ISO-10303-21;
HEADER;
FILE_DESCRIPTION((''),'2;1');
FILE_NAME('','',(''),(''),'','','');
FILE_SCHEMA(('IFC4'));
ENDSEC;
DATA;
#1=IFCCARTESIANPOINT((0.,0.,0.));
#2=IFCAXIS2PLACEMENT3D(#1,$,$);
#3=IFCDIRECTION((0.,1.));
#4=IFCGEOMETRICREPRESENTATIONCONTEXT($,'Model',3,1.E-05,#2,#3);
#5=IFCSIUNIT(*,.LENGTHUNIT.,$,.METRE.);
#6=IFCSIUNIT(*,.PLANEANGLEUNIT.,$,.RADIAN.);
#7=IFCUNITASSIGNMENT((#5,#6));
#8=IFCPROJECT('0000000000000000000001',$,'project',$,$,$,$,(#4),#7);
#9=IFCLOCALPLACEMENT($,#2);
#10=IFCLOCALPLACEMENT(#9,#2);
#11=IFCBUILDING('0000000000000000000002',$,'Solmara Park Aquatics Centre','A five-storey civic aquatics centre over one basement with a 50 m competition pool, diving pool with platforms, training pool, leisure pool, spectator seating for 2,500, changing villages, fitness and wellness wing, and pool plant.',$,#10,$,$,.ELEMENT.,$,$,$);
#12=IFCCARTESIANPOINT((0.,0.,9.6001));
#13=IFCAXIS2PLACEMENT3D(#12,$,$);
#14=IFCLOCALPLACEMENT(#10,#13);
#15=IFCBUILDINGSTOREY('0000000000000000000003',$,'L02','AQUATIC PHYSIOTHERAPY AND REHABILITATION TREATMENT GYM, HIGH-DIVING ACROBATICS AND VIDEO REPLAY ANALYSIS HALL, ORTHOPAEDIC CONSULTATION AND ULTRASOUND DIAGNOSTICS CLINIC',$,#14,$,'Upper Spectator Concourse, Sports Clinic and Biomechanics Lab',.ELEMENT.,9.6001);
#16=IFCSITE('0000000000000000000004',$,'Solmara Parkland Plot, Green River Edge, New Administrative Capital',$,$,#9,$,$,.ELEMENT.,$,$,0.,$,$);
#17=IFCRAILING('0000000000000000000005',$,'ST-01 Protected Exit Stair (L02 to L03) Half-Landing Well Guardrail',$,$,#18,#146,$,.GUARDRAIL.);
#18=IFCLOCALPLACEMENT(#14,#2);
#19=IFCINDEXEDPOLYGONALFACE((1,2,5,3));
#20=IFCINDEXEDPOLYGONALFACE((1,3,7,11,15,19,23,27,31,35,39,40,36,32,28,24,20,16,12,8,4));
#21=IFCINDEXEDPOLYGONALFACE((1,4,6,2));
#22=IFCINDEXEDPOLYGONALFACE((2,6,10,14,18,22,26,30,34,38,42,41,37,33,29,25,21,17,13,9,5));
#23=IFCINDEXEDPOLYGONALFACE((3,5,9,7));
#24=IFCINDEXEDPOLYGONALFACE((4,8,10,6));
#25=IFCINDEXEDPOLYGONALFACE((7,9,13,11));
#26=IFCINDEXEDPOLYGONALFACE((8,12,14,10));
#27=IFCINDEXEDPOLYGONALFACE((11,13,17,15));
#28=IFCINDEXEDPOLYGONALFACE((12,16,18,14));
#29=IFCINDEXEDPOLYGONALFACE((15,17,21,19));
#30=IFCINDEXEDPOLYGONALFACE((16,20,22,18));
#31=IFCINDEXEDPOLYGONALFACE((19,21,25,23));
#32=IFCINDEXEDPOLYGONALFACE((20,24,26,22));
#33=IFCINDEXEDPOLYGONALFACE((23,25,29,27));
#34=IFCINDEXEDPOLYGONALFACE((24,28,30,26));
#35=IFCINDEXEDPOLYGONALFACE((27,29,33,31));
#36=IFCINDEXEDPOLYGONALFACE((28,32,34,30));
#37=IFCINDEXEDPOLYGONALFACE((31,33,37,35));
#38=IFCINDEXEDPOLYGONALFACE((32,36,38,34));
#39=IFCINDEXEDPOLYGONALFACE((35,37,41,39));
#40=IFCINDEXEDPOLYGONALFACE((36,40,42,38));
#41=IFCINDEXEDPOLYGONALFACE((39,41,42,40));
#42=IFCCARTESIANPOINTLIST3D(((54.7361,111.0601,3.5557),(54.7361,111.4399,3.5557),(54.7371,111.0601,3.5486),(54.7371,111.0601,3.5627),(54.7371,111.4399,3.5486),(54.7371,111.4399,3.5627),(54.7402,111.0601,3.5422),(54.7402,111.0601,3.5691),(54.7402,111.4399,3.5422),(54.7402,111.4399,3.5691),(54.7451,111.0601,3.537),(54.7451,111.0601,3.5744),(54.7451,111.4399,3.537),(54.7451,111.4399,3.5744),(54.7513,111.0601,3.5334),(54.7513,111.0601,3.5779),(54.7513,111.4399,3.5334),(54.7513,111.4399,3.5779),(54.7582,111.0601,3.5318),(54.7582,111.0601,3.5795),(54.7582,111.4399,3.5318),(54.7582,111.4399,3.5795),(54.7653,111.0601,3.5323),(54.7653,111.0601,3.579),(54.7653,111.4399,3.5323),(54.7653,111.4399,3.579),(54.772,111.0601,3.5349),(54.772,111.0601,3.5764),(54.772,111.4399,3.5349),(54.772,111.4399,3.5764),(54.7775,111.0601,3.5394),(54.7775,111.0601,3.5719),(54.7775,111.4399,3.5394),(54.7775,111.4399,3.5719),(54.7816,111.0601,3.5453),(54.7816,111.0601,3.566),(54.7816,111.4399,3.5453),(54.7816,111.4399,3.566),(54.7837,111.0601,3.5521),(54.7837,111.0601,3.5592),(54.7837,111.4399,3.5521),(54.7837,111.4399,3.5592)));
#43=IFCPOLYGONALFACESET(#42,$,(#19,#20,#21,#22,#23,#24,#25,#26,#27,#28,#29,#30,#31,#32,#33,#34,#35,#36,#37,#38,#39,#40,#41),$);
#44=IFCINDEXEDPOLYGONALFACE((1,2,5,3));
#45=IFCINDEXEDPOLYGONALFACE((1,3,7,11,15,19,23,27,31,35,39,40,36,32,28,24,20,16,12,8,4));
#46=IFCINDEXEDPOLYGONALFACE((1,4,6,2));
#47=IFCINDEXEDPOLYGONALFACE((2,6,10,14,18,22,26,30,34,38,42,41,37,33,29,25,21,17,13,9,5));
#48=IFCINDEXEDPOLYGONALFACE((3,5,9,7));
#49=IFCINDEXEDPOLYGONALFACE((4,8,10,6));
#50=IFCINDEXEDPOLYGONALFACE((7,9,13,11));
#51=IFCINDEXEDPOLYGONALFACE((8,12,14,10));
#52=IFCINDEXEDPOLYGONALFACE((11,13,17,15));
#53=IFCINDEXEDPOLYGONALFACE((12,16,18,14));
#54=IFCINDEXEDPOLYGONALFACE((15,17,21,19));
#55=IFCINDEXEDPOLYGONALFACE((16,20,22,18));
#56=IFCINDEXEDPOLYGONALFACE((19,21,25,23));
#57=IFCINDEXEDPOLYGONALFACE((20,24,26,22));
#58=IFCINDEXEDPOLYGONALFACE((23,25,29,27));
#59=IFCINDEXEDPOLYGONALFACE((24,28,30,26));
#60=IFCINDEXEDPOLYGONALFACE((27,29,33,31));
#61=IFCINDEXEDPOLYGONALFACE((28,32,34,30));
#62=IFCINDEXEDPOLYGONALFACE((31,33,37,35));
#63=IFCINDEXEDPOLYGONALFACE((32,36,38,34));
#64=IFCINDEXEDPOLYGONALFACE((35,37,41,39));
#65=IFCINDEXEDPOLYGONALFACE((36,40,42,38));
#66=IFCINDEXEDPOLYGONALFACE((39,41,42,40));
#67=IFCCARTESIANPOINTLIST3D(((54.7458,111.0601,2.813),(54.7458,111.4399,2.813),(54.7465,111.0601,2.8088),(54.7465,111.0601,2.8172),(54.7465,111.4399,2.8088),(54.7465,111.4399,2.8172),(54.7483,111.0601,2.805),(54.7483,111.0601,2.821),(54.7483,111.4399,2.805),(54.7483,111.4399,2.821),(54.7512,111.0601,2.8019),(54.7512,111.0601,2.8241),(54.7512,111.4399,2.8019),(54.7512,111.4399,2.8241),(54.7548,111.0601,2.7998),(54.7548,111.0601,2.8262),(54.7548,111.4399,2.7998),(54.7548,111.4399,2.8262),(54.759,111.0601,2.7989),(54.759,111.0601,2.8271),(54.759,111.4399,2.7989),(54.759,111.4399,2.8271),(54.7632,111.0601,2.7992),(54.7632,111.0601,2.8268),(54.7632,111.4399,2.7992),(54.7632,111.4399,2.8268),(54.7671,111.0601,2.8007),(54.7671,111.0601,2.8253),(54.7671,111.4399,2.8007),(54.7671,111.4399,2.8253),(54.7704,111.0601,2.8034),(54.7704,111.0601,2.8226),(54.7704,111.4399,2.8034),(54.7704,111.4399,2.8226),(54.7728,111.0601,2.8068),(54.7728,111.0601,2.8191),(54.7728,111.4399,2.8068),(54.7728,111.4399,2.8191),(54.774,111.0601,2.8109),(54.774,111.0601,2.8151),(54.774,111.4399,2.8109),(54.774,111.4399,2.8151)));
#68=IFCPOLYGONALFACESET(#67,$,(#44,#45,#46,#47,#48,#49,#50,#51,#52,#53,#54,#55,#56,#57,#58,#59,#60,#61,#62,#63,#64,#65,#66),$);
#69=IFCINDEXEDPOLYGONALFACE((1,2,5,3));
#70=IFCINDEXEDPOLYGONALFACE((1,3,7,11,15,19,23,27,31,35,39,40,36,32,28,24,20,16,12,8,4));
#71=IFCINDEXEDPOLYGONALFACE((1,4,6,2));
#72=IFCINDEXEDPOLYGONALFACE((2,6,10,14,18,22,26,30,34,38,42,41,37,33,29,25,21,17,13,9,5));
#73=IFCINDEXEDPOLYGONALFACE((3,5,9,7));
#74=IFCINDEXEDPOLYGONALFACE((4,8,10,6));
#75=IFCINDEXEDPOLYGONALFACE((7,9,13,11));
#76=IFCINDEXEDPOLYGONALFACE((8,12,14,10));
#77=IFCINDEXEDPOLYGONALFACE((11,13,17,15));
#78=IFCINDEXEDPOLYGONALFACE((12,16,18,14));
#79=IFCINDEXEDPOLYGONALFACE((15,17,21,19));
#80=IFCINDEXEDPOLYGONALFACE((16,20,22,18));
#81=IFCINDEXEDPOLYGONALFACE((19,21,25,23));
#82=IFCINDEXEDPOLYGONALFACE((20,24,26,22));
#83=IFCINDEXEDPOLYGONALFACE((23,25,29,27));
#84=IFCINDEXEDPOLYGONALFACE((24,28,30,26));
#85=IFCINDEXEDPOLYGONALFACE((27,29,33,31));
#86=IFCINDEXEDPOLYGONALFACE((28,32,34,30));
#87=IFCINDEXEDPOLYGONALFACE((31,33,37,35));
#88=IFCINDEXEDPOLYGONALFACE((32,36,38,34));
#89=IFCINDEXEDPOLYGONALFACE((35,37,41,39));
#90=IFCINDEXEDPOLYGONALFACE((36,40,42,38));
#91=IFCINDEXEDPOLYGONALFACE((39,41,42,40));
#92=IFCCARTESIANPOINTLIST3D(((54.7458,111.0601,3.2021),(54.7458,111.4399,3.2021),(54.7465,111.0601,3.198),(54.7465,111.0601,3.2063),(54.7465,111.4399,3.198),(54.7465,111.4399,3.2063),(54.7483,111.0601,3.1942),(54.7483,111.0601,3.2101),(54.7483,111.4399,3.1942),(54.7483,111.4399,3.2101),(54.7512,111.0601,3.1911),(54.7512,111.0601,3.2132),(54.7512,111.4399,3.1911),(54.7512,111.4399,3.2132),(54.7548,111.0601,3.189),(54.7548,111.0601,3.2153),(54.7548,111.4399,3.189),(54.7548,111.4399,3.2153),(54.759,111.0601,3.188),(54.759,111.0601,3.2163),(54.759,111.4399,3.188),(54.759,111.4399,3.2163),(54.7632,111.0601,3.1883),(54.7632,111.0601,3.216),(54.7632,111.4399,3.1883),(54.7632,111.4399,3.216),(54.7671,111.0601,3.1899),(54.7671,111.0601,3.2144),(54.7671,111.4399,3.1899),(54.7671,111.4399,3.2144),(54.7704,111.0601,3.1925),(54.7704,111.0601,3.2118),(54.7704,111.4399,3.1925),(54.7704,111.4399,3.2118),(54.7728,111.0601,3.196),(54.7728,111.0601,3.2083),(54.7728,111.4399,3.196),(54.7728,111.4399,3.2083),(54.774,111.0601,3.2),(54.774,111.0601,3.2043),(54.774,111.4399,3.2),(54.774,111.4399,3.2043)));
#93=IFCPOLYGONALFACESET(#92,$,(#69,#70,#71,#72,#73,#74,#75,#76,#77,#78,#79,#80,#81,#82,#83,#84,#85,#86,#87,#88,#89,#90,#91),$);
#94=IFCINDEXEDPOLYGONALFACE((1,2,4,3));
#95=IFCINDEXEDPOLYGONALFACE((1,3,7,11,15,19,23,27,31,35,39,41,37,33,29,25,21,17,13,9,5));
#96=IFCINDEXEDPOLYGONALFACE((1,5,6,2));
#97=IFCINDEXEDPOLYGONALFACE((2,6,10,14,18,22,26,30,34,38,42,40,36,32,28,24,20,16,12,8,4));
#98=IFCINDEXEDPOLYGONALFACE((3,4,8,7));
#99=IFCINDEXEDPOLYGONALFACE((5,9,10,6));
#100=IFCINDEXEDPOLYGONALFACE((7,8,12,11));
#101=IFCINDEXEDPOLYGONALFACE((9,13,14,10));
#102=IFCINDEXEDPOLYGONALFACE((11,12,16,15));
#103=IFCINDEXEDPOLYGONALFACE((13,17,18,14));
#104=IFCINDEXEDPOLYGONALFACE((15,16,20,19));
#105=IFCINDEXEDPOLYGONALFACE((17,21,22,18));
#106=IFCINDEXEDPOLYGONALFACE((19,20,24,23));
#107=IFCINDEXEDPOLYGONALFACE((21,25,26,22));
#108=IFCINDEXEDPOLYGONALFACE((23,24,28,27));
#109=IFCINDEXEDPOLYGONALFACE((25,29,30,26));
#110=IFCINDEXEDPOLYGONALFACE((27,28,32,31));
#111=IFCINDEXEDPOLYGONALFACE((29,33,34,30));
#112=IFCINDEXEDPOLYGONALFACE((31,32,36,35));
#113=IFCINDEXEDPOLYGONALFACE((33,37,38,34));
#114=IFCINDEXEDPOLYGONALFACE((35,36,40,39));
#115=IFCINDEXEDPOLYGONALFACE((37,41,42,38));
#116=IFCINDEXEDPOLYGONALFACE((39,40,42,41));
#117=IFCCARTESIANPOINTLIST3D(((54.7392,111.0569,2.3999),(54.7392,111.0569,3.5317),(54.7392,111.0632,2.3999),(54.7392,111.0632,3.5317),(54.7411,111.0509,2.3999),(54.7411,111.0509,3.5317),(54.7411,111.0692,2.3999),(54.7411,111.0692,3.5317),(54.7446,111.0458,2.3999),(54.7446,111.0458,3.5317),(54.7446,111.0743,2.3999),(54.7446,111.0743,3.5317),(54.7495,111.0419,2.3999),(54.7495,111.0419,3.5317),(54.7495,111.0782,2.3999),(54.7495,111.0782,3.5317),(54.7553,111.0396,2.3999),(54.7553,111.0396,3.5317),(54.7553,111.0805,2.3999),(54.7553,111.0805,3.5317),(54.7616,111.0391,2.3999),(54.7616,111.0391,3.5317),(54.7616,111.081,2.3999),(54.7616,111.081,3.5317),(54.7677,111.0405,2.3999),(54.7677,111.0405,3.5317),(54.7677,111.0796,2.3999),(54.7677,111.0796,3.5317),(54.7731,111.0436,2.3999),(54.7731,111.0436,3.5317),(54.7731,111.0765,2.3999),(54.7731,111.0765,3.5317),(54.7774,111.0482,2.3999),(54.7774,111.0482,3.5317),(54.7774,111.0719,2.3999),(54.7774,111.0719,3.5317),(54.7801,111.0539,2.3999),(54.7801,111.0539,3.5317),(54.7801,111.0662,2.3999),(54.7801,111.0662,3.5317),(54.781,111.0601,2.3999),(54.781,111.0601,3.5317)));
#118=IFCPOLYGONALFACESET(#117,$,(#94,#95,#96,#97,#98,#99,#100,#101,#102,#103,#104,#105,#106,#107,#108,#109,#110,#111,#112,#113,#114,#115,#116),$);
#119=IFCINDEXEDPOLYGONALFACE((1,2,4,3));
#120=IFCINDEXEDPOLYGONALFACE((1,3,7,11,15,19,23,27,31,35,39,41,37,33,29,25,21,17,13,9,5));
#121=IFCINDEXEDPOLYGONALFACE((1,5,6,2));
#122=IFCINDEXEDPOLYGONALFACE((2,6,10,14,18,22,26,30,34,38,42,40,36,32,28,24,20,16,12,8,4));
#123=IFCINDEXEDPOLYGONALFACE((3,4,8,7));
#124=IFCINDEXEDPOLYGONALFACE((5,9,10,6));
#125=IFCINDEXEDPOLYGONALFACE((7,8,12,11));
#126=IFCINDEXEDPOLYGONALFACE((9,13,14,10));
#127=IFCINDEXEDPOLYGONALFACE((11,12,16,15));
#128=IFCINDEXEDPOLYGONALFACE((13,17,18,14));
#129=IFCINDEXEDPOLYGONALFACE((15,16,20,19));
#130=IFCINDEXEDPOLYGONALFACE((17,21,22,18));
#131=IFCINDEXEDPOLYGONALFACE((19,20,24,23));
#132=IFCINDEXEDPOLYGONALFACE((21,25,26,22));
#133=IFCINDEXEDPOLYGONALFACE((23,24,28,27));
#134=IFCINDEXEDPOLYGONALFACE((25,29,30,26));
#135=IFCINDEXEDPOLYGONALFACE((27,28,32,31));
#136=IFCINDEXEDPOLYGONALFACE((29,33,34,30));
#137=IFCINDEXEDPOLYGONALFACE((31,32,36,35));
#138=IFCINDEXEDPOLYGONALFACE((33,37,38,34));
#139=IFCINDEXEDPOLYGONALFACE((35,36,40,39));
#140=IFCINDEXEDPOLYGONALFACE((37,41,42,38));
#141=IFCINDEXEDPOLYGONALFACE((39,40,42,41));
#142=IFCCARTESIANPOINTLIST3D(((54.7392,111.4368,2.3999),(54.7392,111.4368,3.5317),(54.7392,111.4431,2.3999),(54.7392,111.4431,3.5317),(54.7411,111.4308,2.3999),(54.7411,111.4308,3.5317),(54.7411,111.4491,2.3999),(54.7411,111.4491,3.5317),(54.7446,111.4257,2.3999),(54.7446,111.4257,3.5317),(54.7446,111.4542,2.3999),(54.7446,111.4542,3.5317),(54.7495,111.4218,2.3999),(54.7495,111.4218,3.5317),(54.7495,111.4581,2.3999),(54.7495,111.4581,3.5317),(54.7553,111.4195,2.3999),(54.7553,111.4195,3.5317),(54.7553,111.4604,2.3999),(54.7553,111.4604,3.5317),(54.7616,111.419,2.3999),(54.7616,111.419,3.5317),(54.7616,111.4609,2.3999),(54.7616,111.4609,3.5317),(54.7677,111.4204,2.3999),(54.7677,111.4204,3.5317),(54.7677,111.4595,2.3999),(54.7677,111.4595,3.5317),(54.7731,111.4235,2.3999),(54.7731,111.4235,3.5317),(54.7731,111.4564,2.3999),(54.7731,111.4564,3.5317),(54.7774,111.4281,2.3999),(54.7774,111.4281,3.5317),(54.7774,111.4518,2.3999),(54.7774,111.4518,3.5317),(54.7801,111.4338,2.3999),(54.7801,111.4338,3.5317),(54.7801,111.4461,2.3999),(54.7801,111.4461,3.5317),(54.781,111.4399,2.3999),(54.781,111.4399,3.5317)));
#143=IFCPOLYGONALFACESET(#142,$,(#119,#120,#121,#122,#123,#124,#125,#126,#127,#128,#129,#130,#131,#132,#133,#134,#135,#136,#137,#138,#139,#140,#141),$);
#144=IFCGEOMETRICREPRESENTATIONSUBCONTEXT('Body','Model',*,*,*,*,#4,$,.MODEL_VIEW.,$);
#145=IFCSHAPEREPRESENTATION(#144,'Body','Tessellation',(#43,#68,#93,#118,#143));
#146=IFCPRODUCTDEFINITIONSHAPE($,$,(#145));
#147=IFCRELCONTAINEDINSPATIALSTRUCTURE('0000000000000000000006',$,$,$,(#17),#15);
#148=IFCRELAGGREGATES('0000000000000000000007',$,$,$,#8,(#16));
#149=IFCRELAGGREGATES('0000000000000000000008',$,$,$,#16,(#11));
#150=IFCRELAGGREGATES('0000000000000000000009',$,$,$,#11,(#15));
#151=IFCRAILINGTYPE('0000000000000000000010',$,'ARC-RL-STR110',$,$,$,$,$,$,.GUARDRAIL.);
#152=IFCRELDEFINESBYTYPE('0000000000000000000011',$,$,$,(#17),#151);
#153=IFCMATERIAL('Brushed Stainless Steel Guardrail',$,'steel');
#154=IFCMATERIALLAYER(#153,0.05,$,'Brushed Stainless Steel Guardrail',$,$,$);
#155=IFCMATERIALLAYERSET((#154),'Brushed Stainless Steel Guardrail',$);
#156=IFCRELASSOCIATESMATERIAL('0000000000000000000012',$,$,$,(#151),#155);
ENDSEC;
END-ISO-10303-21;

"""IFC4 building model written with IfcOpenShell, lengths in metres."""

from ifc_helpers import new_model, si_unit, direction, frame, origin, origin_2d, place, context, subcontext, project, spatial, circle, extrude, material, layer, layer_set, type_object, element, save


model = new_model("IFC4")

# Units and contexts
model_context = context("Model", 3, precision=1e-05, world=origin(), true_north=direction((0.0, 1.0)))
body_context = subcontext(model_context, "Body", "Model", "MODEL_VIEW")
ifc_project = project(units=[si_unit("LENGTHUNIT", "METRE"), si_unit("PLANEANGLEUNIT", "RADIAN")], contexts=[model_context])

# Site, building, storey
site_placement = place(None, origin())
site = spatial("IfcSite", under=ifc_project, at=site_placement, Name="Solmara Parkland Plot, Green River Edge, New Administrative Capital", CompositionType="ELEMENT", RefElevation=0.0)
building_placement = place(site_placement, origin())
building = spatial("IfcBuilding", under=site, at=building_placement, Name="Solmara Park Aquatics Centre", Description="A five-storey civic aquatics centre over one basement with a 50 m competition pool, diving pool with platforms, training pool, leisure pool, spectator seating for 2,500, changing villages, fitness and wellness wing, and pool plant.", CompositionType="ELEMENT")
storey_placement = place(building_placement, frame((0.0, 0.0, 9.6001)))
storey = spatial("IfcBuildingStorey", under=building, at=storey_placement, Name="L02", Description="AQUATIC PHYSIOTHERAPY AND REHABILITATION TREATMENT GYM, HIGH-DIVING ACROBATICS AND VIDEO REPLAY ANALYSIS HALL, ORTHOPAEDIC CONSULTATION AND ULTRASOUND DIAGNOSTICS CLINIC", LongName="Upper Spectator Concourse, Sports Clinic and Biomechanics Lab", CompositionType="ELEMENT", Elevation=9.6001)

# Railing
ifc_material_1 = material(Name="Brushed Stainless Steel Guardrail", Category="steel")
ifc_layer_1 = layer(ifc_material_1, 0.05, Name="Brushed Stainless Steel Guardrail")
ifc_layer_set_1 = layer_set([ifc_layer_1], Name="Brushed Stainless Steel Guardrail")
railing_type_1 = type_object("IfcRailingType", Name="ARC-RL-STR110", PredefinedType="GUARDRAIL", material=ifc_layer_set_1)
railing_1_placement = place(storey_placement, frame((54.76, 111.0601, 2.3999)))
element("IfcRailing", 1, at=railing_1_placement, inside=storey, type_object=railing_type_1, Name="ST-01 Protected Exit Stair (L02 to L03) Half-Landing Well Guardrail", PredefinedType="GUARDRAIL", context=body_context, shape_type="SweptSolid", body=[
    extrude(circle(Radius=0.0239, at=origin_2d()), frame((0.0, 0.0, 1.1558), z_axis=(0.0, 1.0, 0.0), x_axis=(-1.0, 0.0, 0.0)), (0.0, 0.0, 1.0), 0.3799),
    extrude(circle(Radius=0.0142, at=origin_2d()), frame((0.0, 0.0, 0.4131), z_axis=(0.0, 1.0, 0.0), x_axis=(-1.0, 0.0, 0.0)), (0.0, 0.0, 1.0), 0.3799),
    extrude(circle(Radius=0.0142, at=origin_2d()), frame((0.0, 0.0, 0.8022), z_axis=(0.0, 1.0, 0.0), x_axis=(-1.0, 0.0, 0.0)), (0.0, 0.0, 1.0), 0.3799),
    extrude(circle(Radius=0.021, at=origin_2d()), origin(), (0.0, 0.0, 1.0), 1.1318),
    extrude(circle(Radius=0.021, at=origin_2d()), frame((0.0, 0.3799, 0.0)), (0.0, 0.0, 1.0), 1.1318),
])

save(model, "model.ifc")
